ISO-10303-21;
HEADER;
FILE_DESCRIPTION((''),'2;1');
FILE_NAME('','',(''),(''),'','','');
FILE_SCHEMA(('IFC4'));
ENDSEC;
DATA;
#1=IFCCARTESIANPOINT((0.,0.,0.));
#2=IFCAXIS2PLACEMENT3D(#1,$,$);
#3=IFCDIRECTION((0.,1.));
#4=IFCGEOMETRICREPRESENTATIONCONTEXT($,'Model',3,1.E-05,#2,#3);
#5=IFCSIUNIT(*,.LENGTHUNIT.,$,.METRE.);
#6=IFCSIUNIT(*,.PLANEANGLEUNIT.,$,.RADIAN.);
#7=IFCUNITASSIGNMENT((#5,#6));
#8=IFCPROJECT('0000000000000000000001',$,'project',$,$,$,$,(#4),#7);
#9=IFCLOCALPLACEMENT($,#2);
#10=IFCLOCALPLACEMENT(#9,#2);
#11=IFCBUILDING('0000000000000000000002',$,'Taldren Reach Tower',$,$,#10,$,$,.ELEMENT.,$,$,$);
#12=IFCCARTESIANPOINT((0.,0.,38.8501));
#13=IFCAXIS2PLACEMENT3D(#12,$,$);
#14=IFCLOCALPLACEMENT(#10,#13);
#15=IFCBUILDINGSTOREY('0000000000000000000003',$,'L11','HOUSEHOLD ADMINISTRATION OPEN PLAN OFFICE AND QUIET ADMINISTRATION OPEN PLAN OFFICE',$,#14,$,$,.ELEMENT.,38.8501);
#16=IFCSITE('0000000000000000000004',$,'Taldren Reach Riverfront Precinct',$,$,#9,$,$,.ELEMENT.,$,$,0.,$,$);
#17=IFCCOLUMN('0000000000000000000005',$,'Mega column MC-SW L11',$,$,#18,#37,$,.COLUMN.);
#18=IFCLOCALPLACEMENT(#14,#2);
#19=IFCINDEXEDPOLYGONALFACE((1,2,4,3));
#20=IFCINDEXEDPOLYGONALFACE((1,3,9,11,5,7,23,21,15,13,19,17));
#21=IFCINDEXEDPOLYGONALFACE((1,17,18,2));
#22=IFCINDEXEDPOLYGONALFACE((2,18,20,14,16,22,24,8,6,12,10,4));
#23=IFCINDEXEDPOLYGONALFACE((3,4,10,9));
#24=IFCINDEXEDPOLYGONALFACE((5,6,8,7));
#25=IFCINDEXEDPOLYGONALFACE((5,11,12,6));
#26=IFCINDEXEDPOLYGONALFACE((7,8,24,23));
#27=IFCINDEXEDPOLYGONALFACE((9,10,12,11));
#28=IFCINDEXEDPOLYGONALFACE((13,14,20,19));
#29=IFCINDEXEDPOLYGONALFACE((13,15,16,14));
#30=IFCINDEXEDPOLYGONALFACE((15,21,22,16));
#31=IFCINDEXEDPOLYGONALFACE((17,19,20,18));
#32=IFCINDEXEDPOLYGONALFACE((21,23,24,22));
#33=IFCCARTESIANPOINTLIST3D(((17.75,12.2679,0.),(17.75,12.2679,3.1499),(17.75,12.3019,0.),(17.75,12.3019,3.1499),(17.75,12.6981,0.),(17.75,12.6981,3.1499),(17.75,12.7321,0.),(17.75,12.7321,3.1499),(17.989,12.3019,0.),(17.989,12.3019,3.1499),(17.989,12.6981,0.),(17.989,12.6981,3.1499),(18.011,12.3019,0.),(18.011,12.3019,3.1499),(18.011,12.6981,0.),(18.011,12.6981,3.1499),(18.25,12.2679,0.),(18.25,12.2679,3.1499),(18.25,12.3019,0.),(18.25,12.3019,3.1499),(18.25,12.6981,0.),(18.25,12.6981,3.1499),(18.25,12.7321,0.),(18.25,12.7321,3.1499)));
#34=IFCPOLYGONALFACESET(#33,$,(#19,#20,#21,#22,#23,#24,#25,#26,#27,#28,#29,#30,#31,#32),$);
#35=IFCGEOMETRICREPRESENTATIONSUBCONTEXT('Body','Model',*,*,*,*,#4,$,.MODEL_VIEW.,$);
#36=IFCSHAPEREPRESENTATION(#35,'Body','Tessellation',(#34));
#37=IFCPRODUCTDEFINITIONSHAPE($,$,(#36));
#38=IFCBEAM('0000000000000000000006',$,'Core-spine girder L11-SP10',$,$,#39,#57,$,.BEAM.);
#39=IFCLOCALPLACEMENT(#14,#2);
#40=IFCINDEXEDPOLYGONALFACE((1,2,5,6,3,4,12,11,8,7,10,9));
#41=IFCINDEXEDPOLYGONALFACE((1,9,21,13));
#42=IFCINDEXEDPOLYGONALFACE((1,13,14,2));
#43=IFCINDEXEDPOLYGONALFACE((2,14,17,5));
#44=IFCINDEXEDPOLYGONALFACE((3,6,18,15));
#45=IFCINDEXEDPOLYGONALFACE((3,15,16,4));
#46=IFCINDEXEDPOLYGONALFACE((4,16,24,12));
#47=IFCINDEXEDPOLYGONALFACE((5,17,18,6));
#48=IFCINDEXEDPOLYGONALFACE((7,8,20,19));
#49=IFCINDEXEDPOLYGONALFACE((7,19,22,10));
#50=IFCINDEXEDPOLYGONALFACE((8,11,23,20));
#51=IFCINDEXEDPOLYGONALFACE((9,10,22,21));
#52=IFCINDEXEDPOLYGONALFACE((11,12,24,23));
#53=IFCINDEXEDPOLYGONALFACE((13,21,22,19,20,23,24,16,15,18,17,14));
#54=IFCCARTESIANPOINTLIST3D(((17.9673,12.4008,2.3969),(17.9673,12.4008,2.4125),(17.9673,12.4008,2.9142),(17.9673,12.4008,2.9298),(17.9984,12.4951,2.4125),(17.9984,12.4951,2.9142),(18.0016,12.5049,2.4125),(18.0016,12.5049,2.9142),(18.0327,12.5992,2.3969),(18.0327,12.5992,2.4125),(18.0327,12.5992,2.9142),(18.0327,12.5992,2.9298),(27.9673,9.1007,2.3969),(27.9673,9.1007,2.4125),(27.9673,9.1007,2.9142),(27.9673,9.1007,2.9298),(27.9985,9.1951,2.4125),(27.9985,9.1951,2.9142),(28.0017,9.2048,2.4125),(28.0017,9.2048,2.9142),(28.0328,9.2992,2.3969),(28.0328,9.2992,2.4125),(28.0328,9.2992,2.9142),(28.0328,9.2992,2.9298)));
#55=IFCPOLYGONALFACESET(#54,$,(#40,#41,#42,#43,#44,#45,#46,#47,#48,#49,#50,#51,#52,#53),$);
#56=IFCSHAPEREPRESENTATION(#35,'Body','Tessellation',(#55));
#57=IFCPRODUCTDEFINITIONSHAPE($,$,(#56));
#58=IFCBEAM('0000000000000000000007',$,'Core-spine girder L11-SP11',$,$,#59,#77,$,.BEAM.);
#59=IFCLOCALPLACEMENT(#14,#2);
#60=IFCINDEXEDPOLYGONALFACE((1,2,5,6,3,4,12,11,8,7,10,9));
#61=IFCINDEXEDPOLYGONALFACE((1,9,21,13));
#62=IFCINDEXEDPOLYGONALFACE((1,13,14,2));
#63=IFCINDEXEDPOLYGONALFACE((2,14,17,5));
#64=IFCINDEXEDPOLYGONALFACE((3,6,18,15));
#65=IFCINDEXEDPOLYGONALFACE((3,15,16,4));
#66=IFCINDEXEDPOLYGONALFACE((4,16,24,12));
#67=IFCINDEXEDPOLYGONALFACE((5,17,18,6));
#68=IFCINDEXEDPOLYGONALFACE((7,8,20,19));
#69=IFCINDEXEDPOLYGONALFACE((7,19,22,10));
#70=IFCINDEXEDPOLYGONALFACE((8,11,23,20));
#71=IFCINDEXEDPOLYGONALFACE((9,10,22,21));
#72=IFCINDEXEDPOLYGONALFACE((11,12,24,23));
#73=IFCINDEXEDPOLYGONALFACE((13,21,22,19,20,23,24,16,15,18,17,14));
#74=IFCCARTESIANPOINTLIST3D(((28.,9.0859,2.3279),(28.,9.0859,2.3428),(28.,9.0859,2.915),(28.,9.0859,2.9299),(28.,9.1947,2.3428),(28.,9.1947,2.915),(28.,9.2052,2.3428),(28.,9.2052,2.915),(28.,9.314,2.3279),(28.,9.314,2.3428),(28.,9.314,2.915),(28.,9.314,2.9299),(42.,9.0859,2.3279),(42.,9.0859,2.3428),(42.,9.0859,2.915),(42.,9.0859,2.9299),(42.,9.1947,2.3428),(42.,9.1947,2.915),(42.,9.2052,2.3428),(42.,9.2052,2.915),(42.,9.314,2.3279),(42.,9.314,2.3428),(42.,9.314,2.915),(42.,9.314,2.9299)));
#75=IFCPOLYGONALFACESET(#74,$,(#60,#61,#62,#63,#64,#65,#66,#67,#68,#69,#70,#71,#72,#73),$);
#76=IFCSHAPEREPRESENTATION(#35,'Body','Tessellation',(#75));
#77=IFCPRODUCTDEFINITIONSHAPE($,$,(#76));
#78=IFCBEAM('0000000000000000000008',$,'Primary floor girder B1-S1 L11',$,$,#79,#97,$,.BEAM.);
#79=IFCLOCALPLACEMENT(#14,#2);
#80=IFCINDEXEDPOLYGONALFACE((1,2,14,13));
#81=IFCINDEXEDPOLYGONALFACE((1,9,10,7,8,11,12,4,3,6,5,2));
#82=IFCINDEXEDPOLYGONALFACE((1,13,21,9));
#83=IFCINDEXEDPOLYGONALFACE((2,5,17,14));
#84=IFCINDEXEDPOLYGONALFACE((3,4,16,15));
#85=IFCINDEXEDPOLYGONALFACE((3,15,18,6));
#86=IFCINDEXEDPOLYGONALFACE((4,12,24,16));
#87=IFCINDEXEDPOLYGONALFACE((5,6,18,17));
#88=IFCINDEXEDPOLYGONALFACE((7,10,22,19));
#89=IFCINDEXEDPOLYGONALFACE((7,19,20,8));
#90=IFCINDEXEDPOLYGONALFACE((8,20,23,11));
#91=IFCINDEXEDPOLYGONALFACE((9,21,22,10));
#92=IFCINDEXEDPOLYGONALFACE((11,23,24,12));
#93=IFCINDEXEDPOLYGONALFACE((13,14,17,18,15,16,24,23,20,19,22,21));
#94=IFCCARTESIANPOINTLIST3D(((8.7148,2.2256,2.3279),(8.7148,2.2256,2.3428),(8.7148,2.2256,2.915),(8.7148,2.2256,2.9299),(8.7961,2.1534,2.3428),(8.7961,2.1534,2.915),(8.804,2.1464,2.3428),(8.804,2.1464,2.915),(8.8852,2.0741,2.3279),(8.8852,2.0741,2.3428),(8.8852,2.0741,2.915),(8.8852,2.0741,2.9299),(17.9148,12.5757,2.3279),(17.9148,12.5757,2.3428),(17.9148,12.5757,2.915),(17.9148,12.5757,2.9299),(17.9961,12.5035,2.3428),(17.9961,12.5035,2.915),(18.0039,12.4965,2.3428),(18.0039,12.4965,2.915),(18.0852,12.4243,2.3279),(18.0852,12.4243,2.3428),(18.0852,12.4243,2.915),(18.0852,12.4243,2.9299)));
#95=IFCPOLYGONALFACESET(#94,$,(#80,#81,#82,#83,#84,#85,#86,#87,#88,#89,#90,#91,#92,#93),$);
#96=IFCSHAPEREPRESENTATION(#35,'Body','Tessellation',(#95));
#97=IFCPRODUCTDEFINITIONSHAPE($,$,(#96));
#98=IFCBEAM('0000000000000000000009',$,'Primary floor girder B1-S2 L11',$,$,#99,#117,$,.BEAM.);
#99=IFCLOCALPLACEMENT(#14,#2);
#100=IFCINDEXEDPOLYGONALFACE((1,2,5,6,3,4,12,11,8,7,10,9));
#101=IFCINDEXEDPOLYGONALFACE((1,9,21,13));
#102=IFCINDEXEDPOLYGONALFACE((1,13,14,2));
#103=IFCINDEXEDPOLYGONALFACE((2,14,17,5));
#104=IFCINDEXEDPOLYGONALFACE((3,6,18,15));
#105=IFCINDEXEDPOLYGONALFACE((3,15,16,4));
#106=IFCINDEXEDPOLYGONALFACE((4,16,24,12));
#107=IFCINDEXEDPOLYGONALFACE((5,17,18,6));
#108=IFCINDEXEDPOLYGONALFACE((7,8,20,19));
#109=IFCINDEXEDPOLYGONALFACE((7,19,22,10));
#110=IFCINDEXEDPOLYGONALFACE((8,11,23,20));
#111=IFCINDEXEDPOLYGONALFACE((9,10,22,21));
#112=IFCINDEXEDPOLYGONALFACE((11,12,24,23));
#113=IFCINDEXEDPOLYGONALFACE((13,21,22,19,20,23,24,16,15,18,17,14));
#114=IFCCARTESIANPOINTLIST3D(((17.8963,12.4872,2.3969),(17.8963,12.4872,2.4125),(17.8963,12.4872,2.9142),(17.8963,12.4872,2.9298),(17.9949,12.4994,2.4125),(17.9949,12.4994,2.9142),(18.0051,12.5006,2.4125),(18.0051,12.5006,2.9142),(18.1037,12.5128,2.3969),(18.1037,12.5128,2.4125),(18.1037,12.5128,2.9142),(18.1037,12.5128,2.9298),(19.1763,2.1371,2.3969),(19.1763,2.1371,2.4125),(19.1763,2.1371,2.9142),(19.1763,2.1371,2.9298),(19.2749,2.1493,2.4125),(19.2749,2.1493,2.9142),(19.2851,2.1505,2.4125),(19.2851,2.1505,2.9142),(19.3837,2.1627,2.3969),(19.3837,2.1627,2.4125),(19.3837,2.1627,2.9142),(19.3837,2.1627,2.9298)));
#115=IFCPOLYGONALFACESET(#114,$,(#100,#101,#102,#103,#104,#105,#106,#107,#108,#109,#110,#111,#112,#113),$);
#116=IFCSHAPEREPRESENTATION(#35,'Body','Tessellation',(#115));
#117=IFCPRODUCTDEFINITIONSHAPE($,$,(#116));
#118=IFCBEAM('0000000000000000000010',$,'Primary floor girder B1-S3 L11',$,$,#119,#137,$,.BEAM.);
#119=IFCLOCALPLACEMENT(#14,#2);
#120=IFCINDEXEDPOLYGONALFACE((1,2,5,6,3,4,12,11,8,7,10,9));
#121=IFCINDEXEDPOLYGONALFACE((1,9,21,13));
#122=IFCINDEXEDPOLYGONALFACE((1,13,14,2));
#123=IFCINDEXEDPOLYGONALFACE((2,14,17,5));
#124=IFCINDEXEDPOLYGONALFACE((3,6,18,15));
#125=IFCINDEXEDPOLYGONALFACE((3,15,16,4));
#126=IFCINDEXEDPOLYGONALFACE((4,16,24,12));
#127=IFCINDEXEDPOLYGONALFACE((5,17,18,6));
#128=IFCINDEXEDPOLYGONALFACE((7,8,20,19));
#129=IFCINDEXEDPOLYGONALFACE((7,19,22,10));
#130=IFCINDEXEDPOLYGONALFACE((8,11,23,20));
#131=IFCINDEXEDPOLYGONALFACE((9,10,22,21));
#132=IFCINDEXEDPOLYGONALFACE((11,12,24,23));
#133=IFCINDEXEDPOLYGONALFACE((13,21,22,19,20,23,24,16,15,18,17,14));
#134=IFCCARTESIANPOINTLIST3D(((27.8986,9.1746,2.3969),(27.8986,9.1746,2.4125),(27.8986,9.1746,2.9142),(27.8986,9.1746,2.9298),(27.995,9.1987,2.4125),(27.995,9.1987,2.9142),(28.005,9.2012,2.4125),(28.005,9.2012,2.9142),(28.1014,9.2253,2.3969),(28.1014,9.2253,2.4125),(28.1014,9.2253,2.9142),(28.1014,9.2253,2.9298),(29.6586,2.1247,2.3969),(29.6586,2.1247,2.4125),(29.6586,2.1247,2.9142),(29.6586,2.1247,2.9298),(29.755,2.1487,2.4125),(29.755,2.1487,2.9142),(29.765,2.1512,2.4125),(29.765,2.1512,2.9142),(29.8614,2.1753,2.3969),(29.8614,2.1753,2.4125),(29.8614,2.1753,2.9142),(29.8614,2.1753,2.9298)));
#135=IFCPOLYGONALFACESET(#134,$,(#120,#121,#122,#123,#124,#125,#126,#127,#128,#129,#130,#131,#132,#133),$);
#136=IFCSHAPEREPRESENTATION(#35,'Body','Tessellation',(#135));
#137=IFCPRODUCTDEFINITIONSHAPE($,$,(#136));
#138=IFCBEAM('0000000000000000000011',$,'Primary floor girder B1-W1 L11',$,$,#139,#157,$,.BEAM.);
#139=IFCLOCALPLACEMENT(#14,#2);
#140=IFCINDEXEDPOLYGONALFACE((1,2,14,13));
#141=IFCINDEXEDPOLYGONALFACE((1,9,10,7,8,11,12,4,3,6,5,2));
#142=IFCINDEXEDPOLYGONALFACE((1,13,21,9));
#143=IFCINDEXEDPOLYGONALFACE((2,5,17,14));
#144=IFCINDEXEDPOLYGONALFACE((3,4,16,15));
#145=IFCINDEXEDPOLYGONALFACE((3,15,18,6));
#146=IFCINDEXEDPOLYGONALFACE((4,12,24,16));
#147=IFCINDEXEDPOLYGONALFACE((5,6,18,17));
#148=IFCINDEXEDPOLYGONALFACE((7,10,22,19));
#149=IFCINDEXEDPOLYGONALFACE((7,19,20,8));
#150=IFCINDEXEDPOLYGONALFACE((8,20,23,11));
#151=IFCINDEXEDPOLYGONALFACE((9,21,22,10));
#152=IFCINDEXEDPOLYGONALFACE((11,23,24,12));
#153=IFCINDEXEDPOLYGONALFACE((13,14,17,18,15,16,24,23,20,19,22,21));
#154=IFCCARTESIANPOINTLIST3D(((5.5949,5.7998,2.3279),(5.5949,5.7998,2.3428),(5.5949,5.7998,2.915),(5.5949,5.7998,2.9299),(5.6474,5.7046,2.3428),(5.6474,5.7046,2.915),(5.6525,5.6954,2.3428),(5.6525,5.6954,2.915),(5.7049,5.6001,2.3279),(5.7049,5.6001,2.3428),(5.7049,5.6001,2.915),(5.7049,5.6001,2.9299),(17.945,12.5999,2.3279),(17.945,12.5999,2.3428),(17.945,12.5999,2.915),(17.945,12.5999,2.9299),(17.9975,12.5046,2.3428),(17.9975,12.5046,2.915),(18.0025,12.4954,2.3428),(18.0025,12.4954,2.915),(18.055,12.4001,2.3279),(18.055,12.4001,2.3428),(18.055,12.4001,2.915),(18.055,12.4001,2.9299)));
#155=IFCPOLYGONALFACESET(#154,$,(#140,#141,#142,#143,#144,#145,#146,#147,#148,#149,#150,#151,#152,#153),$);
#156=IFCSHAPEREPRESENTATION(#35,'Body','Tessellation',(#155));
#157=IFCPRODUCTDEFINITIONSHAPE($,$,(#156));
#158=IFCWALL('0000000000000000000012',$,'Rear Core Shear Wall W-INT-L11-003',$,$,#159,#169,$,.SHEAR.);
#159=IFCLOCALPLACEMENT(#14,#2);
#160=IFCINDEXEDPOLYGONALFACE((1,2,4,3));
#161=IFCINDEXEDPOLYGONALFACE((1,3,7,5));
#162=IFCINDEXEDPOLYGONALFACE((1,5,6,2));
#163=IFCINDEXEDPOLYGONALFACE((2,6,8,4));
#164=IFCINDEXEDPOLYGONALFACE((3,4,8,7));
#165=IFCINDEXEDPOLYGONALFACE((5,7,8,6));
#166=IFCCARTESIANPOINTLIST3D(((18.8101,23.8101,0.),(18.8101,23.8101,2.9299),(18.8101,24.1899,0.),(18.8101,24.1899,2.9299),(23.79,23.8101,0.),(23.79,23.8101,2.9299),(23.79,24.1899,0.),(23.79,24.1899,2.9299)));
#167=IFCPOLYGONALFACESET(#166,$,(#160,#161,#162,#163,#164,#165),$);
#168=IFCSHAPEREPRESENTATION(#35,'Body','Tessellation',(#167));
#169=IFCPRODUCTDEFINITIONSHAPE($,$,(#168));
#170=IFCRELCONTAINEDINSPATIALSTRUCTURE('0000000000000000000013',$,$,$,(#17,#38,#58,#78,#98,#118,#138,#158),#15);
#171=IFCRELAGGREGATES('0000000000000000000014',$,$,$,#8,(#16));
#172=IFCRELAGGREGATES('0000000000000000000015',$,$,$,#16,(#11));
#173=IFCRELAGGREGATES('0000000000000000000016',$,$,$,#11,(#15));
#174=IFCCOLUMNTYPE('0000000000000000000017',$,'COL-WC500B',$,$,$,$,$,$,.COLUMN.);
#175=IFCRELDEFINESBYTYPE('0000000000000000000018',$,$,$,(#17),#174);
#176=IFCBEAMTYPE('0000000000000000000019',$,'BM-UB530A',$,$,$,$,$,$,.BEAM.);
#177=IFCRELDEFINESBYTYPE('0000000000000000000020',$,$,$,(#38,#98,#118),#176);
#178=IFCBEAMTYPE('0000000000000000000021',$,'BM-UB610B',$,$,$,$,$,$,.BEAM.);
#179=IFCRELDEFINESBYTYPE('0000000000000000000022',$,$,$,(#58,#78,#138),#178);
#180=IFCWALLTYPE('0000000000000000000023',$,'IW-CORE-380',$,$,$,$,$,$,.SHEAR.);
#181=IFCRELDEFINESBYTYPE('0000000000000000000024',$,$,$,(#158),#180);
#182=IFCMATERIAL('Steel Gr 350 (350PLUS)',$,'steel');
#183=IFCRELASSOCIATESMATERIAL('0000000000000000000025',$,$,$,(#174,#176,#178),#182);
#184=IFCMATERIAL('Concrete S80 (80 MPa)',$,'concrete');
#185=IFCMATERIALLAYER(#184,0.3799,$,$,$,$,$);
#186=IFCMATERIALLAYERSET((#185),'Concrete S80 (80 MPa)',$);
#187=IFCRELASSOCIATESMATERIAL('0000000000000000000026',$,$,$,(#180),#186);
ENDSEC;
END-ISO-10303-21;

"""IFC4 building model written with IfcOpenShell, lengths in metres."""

from ifc_helpers import new_model, si_unit, direction, frame, frame_2d, origin, origin_2d, place, context, subcontext, project, spatial, rectangle, i_section, extrude, source, transform, mapped, material, layer, layer_set, material_profile, profile_set, type_object, element, save


model = new_model("IFC4")

# Units and contexts
model_context = context("Model", 3, precision=1e-05, world=origin(), true_north=direction((0.0, 1.0)))
body_context = subcontext(model_context, "Body", "Model", "MODEL_VIEW")
ifc_project = project(units=[si_unit("LENGTHUNIT", "METRE"), si_unit("PLANEANGLEUNIT", "RADIAN")], contexts=[model_context])

# Site, building, storey
site_placement = place(None, origin())
site = spatial("IfcSite", under=ifc_project, at=site_placement, Name="Taldren Reach Riverfront Precinct", CompositionType="ELEMENT", RefElevation=0.0)
building_placement = place(site_placement, origin())
building = spatial("IfcBuilding", under=site, at=building_placement, Name="Taldren Reach Tower", CompositionType="ELEMENT")
storey_placement = place(building_placement, frame((0.0, 0.0, 38.8501)))
storey = spatial("IfcBuildingStorey", under=building, at=storey_placement, Name="L11", Description="HOUSEHOLD ADMINISTRATION OPEN PLAN OFFICE AND QUIET ADMINISTRATION OPEN PLAN OFFICE", CompositionType="ELEMENT", Elevation=38.8501)

# Column
ifc_material_1 = material(Name="Steel Gr 350 (350PLUS)", Category="steel")
ifc_material_profile_1 = material_profile(ifc_material_1, i_section(OverallWidth=0.5, OverallDepth=0.4641, WebThickness=0.022, FlangeThickness=0.0339, at=origin_2d()), Name="500WC340")
ifc_profile_set_1 = profile_set([ifc_material_profile_1], Name="Steel Gr 350 (350PLUS)")
column_type = type_object("IfcColumnType", Name="COL-WC500B", PredefinedType="COLUMN", material=ifc_profile_set_1)
shared_shape_1 = source(origin(), body_context, "Body", "SweptSolid", [
    extrude(i_section(OverallWidth=0.5, OverallDepth=0.4641, WebThickness=0.022, FlangeThickness=0.0339, at=origin_2d()), origin(), (0.0, 0.0, 1.0), 3.1499),
])
column_placement = place(storey_placement, frame((18.0, 12.5, 0.0), z_axis=(0.0, 0.0, 1.0), x_axis=(1.0, 0.0, 0.0)))
element("IfcColumn", 1, at=column_placement, inside=storey, type_object=column_type, Name="Mega column MC-SW L11", PredefinedType="COLUMN", context=body_context, shape_type="MappedRepresentation", body=[
    mapped(shared_shape_1, transform((0.0, 0.0, 0.0), scale=1.0)),
])

# Beams
ifc_material_profile_2 = material_profile(ifc_material_1, i_section(OverallWidth=0.209, OverallDepth=0.533, WebThickness=0.0103, FlangeThickness=0.0156, at=origin_2d()), Name="530UB92.4")
ifc_profile_set_2 = profile_set([ifc_material_profile_2], Name="Steel Gr 350 (350PLUS)")
beam_type_1 = type_object("IfcBeamType", Name="BM-UB530A", PredefinedType="BEAM", material=ifc_profile_set_2)
shared_shape_2 = source(origin(), body_context, "Body", "SweptSolid", [
    extrude(i_section(OverallWidth=0.209, OverallDepth=0.533, WebThickness=0.0103, FlangeThickness=0.0156, at=origin_2d()), origin(), (0.0, 0.0, 1.0), 10.5305),
])
beam_1_placement = place(storey_placement, frame((18.0, 12.5, 2.6633), z_axis=(0.949627, -0.313382, 0.0), x_axis=(0.313382, 0.949627, 0.0)))
element("IfcBeam", 2, at=beam_1_placement, inside=storey, type_object=beam_type_1, Name="Core-spine girder L11-SP10", PredefinedType="BEAM", context=body_context, shape_type="MappedRepresentation", body=[
    mapped(shared_shape_2, transform((0.0, 0.0, 0.0), scale=1.0)),
])
ifc_material_profile_3 = material_profile(ifc_material_1, i_section(OverallWidth=0.228, OverallDepth=0.6021, WebThickness=0.0105, FlangeThickness=0.0149, at=origin_2d()), Name="610UB101")
ifc_profile_set_3 = profile_set([ifc_material_profile_3], Name="Steel Gr 350 (350PLUS)")
beam_type_2 = type_object("IfcBeamType", Name="BM-UB610B", PredefinedType="BEAM", material=ifc_profile_set_3)
shared_shape_3 = source(origin(), body_context, "Body", "SweptSolid", [
    extrude(i_section(OverallWidth=0.228, OverallDepth=0.6021, WebThickness=0.0105, FlangeThickness=0.0149, at=origin_2d()), origin(), (0.0, 0.0, 1.0), 14.0),
])
beam_2_placement = place(storey_placement, frame((28.0, 9.2, 2.6289), z_axis=(1.0, 0.0, 0.0), x_axis=(0.0, 1.0, 0.0)))
element("IfcBeam", 3, at=beam_2_placement, inside=storey, type_object=beam_type_2, Name="Core-spine girder L11-SP11", PredefinedType="BEAM", context=body_context, shape_type="MappedRepresentation", body=[
    mapped(shared_shape_3, transform((0.0, 0.0, 0.0), scale=1.0)),
])
shared_shape_4 = source(origin(), body_context, "Body", "SweptSolid", [
    extrude(i_section(OverallWidth=0.228, OverallDepth=0.6021, WebThickness=0.0105, FlangeThickness=0.0149, at=origin_2d()), origin(), (0.0, 0.0, 1.0), 13.8479),
])
beam_3_placement = place(storey_placement, frame((18.0, 12.5, 2.6289), z_axis=(-0.664358, -0.747414, 0.0), x_axis=(0.747414, -0.664358, 0.0)))
element("IfcBeam", 4, at=beam_3_placement, inside=storey, type_object=beam_type_2, Name="Primary floor girder B1-S1 L11", PredefinedType="BEAM", context=body_context, shape_type="MappedRepresentation", body=[
    mapped(shared_shape_4, transform((0.0, 0.0, 0.0), scale=1.0)),
])
shared_shape_5 = source(origin(), body_context, "Body", "SweptSolid", [
    extrude(i_section(OverallWidth=0.209, OverallDepth=0.533, WebThickness=0.0103, FlangeThickness=0.0156, at=origin_2d()), origin(), (0.0, 0.0, 1.0), 10.429),
])
beam_4_placement = place(storey_placement, frame((18.0, 12.5, 2.6633), z_axis=(0.122738, -0.992439, 0.0), x_axis=(0.992439, 0.122738, 0.0)))
element("IfcBeam", 5, at=beam_4_placement, inside=storey, type_object=beam_type_1, Name="Primary floor girder B1-S2 L11", PredefinedType="BEAM", context=body_context, shape_type="MappedRepresentation", body=[
    mapped(shared_shape_5, transform((0.0, 0.0, 0.0), scale=1.0)),
])
shared_shape_6 = source(origin(), body_context, "Body", "SweptSolid", [
    extrude(i_section(OverallWidth=0.209, OverallDepth=0.533, WebThickness=0.0103, FlangeThickness=0.0156, at=origin_2d()), origin(), (0.0, 0.0, 1.0), 7.2664),
])
beam_5_placement = place(storey_placement, frame((28.0, 9.2, 2.6633), z_axis=(0.242211, -0.970223, 0.0), x_axis=(0.970223, 0.242211, 0.0)))
element("IfcBeam", 6, at=beam_5_placement, inside=storey, type_object=beam_type_1, Name="Primary floor girder B1-S3 L11", PredefinedType="BEAM", context=body_context, shape_type="MappedRepresentation", body=[
    mapped(shared_shape_6, transform((0.0, 0.0, 0.0), scale=1.0)),
])
shared_shape_7 = source(origin(), body_context, "Body", "SweptSolid", [
    extrude(i_section(OverallWidth=0.228, OverallDepth=0.6021, WebThickness=0.0105, FlangeThickness=0.0149, at=origin_2d()), origin(), (0.0, 0.0, 1.0), 14.0984),
])
beam_6_placement = place(storey_placement, frame((18.0, 12.5, 2.6289), z_axis=(-0.875991, -0.482327, 0.0), x_axis=(0.482327, -0.875991, 0.0)))
element("IfcBeam", 7, at=beam_6_placement, inside=storey, type_object=beam_type_2, Name="Primary floor girder B1-W1 L11", PredefinedType="BEAM", context=body_context, shape_type="MappedRepresentation", body=[
    mapped(shared_shape_7, transform((0.0, 0.0, 0.0), scale=1.0)),
])

# Wall
ifc_material_2 = material(Name="Concrete S80 (80 MPa)", Category="concrete")
ifc_layer_1 = layer(ifc_material_2, 0.3799)
ifc_layer_set_1 = layer_set([ifc_layer_1], Name="Concrete S80 (80 MPa)")
wall_type_1 = type_object("IfcWallType", Name="IW-CORE-380", PredefinedType="SHEAR", material=ifc_layer_set_1)
shared_shape_8 = source(origin(), body_context, "Body", "SweptSolid", [
    extrude(rectangle(XDim=4.98, YDim=0.3799, at=frame_2d((2.49, 0.0))), origin(), (0.0, 0.0, 1.0), 2.9299),
])
wall_1_placement = place(storey_placement, frame((18.8101, 24.0, 0.0), z_axis=(0.0, 0.0, 1.0), x_axis=(1.0, 0.0, 0.0)))
element("IfcWall", 8, at=wall_1_placement, inside=storey, type_object=wall_type_1, Name="Rear Core Shear Wall W-INT-L11-003", PredefinedType="SHEAR", context=body_context, shape_type="MappedRepresentation", body=[
    mapped(shared_shape_8, transform((0.0, 0.0, 0.0), scale=1.0)),
])

save(model, "model.ifc")
